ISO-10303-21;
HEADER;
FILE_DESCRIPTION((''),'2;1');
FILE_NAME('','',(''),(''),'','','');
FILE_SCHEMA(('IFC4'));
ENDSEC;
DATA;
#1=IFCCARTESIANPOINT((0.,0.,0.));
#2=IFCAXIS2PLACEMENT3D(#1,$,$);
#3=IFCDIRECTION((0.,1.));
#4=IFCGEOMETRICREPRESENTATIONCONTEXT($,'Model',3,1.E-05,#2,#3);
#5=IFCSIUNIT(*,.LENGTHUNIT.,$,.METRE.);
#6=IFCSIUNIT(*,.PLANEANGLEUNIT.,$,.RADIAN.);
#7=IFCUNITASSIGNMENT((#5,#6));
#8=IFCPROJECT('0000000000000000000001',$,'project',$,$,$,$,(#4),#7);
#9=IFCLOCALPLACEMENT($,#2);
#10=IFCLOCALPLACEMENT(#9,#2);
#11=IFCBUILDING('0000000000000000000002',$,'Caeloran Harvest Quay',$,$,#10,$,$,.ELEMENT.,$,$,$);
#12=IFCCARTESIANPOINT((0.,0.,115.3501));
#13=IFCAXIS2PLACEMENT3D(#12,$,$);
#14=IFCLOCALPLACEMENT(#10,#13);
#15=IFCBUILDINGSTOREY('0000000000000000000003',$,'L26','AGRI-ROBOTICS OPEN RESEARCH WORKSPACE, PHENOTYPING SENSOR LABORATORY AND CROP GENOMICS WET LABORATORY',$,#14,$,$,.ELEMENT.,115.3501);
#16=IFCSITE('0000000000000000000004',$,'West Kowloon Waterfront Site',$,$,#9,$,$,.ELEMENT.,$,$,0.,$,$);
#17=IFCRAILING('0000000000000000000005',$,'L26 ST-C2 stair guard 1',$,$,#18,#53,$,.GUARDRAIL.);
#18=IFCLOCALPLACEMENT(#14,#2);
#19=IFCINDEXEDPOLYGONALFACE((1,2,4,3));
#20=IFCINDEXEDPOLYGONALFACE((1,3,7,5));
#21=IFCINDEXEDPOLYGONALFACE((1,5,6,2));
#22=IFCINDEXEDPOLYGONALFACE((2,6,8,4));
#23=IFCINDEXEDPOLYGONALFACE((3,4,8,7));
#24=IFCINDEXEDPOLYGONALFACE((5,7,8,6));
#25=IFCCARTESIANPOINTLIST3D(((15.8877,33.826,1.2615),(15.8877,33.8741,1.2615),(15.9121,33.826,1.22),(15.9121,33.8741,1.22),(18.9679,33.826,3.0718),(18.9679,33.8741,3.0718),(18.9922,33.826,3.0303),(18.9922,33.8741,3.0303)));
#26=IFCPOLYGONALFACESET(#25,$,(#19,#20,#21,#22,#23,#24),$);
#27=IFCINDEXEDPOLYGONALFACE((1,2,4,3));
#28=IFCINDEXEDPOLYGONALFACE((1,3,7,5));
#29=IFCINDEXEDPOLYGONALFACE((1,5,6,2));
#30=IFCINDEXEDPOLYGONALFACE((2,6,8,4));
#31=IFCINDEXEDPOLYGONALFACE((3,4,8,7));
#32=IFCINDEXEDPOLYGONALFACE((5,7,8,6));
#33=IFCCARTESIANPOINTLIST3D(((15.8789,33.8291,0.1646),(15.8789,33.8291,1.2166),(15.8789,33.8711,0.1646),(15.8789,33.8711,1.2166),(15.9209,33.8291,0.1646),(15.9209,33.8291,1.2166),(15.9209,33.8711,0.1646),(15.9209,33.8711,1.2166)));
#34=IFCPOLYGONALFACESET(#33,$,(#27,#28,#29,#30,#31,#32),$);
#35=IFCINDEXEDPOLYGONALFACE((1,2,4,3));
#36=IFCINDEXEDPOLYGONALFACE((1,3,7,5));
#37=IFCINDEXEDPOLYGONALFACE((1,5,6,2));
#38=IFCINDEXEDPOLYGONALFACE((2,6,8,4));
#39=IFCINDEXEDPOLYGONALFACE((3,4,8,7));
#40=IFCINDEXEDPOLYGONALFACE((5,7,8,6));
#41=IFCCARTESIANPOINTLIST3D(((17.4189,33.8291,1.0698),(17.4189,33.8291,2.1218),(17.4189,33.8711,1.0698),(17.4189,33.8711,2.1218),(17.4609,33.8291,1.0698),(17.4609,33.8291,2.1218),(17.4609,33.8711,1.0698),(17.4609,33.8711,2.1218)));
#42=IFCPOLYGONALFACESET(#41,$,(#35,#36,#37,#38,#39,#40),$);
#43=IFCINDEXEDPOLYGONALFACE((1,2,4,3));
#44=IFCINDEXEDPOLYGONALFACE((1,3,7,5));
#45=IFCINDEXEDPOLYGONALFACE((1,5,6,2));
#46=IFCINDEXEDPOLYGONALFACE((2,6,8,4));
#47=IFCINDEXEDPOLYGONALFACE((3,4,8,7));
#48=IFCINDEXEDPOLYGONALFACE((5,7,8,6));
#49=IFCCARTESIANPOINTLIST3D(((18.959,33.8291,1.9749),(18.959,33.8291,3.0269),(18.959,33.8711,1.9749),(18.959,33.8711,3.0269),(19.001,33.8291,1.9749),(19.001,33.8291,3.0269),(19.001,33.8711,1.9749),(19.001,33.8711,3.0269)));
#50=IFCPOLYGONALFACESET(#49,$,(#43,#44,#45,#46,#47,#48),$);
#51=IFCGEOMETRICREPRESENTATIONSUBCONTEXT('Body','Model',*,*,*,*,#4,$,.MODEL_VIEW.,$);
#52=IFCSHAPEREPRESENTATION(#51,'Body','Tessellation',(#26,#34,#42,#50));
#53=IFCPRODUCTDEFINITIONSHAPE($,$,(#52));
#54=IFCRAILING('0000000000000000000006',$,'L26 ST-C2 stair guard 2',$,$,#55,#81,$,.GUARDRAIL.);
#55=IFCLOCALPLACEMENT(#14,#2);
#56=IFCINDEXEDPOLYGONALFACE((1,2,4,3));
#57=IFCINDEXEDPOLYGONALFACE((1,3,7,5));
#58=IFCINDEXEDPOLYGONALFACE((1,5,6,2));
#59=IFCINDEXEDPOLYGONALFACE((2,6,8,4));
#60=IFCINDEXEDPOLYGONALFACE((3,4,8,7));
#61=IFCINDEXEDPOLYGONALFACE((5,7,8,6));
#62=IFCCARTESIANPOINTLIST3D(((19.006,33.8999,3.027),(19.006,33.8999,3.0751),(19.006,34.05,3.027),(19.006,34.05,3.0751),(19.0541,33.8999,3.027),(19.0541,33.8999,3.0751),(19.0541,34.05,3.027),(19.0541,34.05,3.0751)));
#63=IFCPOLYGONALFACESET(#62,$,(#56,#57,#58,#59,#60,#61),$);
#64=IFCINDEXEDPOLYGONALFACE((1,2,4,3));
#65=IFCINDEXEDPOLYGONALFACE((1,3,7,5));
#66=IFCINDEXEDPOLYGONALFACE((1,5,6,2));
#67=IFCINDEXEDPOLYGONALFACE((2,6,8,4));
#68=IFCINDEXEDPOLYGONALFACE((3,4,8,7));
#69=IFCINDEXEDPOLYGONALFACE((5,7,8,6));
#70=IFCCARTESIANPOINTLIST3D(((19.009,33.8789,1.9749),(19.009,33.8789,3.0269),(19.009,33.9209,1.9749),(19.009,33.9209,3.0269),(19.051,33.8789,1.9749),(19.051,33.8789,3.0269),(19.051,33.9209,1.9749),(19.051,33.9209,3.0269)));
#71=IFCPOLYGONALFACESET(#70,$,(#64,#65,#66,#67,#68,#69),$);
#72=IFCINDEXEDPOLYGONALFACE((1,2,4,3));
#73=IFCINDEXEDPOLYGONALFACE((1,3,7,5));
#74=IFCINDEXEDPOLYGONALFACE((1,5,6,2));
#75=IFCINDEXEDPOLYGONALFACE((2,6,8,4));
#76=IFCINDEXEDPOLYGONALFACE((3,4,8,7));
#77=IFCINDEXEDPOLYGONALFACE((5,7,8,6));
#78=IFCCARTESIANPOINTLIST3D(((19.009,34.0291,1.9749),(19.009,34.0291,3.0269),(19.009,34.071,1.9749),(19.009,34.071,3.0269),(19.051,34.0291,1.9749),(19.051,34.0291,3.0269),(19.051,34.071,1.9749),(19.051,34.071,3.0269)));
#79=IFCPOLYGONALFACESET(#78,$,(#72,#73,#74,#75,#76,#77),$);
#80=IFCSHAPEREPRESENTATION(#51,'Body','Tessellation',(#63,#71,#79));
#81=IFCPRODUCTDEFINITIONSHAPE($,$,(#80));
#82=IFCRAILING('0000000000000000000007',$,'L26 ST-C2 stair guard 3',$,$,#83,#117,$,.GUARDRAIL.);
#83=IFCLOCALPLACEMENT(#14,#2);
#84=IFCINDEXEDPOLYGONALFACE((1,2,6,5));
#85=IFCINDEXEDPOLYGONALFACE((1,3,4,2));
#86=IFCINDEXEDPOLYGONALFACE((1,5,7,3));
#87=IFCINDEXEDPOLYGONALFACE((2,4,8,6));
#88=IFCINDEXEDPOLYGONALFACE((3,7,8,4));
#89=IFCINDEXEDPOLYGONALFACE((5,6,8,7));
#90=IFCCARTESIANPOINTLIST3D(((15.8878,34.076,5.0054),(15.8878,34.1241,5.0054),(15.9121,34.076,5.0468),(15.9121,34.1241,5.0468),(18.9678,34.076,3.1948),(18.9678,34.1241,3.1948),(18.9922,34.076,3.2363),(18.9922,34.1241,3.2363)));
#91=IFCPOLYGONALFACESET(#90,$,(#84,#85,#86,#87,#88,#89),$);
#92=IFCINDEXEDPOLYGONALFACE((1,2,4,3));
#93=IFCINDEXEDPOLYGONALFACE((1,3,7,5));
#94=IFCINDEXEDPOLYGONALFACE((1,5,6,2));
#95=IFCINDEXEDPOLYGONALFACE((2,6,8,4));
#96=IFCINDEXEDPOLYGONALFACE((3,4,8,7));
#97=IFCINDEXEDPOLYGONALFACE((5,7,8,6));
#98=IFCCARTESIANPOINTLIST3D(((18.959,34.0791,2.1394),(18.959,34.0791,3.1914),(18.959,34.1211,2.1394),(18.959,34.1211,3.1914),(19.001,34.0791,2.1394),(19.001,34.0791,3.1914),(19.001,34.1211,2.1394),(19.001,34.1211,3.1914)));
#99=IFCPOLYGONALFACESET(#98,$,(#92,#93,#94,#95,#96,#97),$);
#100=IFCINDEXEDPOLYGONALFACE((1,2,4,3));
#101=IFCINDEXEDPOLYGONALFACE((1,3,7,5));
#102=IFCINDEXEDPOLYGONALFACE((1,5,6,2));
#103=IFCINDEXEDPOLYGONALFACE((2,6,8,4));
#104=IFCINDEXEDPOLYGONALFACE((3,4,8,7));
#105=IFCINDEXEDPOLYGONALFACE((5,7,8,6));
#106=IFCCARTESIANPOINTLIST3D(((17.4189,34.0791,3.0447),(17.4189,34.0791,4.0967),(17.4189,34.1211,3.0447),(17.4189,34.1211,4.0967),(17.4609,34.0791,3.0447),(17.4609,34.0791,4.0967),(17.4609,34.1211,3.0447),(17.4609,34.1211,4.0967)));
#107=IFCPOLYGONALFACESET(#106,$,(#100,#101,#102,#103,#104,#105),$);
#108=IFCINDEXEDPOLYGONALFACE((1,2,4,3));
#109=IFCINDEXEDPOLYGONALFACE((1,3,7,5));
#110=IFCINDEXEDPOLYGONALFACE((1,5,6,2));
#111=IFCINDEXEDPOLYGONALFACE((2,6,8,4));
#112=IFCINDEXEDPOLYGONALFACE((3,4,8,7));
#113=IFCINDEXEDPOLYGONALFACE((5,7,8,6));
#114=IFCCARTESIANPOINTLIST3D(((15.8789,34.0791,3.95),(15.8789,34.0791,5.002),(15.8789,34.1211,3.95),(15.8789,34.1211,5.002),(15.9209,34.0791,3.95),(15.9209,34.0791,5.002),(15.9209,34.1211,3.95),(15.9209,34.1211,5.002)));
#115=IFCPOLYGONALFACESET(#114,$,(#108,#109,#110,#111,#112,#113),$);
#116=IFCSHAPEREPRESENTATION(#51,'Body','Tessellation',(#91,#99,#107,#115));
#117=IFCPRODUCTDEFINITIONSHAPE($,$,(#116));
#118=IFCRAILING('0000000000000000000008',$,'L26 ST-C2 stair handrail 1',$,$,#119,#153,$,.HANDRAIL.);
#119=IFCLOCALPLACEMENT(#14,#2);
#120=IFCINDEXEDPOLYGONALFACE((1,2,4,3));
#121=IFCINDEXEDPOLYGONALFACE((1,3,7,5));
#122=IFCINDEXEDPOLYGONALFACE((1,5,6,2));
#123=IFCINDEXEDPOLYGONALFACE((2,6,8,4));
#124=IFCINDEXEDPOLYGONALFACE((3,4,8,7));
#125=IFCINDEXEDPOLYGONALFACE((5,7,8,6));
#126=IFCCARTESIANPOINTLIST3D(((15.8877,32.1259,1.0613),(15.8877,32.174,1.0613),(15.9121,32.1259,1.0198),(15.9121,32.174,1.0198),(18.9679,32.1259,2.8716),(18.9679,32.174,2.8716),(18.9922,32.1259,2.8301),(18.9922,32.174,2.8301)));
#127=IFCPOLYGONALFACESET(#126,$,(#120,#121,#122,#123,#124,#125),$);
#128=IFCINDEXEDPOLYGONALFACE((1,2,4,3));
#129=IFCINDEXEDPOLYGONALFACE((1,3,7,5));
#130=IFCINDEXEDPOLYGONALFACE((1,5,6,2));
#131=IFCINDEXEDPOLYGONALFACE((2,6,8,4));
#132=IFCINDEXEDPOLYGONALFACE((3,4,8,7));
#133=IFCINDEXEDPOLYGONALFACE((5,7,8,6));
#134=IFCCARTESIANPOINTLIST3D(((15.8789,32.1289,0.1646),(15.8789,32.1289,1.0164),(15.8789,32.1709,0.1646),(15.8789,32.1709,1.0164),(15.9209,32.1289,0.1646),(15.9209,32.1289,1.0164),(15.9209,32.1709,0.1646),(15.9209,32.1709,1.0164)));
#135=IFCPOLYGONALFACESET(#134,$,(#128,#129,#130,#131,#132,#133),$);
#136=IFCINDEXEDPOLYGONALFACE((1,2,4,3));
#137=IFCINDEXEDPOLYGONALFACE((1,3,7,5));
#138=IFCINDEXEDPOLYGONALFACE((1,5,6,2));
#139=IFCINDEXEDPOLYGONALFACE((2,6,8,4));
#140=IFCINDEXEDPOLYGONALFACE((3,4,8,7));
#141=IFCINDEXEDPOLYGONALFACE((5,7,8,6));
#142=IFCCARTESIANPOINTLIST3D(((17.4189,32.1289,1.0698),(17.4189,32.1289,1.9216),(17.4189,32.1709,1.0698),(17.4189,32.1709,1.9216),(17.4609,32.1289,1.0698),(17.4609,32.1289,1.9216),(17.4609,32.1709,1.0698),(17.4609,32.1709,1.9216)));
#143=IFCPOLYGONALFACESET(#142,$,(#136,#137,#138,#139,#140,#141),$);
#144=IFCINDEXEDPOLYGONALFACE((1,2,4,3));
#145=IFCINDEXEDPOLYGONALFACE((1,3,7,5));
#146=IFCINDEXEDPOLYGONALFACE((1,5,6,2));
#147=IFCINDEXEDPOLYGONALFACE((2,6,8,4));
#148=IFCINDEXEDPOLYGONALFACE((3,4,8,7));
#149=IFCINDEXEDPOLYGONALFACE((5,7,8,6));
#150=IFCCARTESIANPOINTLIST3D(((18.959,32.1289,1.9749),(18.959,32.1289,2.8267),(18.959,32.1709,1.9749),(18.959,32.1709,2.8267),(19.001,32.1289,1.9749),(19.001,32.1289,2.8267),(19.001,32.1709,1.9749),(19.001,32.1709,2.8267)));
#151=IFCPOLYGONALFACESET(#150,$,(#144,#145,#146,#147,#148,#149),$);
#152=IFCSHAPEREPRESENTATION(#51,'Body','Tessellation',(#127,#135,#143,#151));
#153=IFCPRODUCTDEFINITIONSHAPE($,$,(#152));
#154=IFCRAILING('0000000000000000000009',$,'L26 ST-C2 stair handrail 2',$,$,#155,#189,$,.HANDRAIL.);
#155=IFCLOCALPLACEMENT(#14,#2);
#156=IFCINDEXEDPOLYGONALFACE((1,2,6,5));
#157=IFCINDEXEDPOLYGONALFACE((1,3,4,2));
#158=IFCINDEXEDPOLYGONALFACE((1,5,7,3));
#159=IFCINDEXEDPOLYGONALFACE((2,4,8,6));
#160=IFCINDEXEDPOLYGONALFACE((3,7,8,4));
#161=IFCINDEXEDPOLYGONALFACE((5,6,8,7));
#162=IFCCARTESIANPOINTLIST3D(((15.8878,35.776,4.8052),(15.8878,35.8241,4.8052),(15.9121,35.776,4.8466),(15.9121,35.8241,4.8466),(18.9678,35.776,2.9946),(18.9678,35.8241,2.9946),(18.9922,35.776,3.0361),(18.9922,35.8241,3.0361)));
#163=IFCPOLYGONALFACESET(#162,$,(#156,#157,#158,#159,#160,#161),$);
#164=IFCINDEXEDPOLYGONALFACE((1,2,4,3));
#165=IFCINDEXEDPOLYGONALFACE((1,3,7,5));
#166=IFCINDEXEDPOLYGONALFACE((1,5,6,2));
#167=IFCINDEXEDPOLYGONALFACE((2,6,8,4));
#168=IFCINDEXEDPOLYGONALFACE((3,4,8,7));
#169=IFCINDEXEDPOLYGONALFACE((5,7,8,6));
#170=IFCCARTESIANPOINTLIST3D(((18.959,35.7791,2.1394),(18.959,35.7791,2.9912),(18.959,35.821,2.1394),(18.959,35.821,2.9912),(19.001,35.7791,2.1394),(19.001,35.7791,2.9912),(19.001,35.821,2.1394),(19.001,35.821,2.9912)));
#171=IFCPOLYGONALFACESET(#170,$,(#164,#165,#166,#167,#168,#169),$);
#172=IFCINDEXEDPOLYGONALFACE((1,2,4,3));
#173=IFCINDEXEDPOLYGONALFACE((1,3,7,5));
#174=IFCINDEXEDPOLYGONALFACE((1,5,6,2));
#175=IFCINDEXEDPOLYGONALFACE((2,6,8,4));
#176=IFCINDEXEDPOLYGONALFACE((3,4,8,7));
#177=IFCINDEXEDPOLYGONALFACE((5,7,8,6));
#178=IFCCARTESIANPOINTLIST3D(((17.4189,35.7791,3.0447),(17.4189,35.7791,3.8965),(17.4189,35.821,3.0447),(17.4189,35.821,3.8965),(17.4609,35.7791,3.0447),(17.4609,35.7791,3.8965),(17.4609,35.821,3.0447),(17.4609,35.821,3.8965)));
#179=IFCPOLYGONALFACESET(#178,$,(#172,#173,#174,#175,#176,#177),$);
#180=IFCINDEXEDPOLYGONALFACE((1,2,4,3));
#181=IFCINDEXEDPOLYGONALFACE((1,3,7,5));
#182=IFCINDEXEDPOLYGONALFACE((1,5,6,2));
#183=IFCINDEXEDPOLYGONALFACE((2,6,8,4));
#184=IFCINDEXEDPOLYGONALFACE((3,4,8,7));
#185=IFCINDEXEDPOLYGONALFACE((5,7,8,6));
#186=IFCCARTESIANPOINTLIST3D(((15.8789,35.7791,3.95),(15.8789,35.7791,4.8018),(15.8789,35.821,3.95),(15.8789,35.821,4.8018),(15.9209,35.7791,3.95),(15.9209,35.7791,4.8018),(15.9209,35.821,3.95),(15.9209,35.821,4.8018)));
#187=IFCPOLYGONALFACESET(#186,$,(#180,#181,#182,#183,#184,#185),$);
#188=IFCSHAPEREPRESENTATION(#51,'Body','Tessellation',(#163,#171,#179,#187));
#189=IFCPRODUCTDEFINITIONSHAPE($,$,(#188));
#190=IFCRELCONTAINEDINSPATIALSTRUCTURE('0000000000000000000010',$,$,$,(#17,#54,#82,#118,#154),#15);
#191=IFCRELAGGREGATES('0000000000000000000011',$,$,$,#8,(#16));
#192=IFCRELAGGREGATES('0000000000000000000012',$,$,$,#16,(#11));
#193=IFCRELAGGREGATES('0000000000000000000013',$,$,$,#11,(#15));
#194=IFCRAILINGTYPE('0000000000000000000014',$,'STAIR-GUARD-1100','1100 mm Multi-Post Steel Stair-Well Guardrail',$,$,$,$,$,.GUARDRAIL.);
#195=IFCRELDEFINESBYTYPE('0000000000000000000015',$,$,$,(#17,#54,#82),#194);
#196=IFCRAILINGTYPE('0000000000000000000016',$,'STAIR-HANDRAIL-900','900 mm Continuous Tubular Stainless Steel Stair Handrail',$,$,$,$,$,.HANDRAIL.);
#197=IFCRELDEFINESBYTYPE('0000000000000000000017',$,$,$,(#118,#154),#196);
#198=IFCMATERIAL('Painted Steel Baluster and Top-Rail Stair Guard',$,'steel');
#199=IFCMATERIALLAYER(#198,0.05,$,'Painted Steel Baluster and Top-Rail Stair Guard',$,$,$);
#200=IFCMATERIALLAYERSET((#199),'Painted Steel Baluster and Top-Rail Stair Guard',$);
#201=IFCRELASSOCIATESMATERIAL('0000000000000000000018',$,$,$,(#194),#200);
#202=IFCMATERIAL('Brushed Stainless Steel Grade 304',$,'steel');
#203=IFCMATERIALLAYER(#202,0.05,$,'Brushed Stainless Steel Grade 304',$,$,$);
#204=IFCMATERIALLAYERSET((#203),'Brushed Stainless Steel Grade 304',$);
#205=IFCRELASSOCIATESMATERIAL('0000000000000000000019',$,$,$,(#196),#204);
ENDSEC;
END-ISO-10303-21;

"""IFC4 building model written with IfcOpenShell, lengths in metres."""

from ifc_helpers import new_model, si_unit, direction, frame, origin, origin_2d, place, context, subcontext, project, spatial, rectangle, extrude, material, layer, layer_set, type_object, element, save


model = new_model("IFC4")

# Units and contexts
model_context = context("Model", 3, precision=1e-05, world=origin(), true_north=direction((0.0, 1.0)))
body_context = subcontext(model_context, "Body", "Model", "MODEL_VIEW")
ifc_project = project(units=[si_unit("LENGTHUNIT", "METRE"), si_unit("PLANEANGLEUNIT", "RADIAN")], contexts=[model_context])

# Site, building, storey
site_placement = place(None, origin())
site = spatial("IfcSite", under=ifc_project, at=site_placement, Name="West Kowloon Waterfront Site", CompositionType="ELEMENT", RefElevation=0.0)
building_placement = place(site_placement, origin())
building = spatial("IfcBuilding", under=site, at=building_placement, Name="Caeloran Harvest Quay", CompositionType="ELEMENT")
storey_placement = place(building_placement, frame((0.0, 0.0, 115.3501)))
storey = spatial("IfcBuildingStorey", under=building, at=storey_placement, Name="L26", Description="AGRI-ROBOTICS OPEN RESEARCH WORKSPACE, PHENOTYPING SENSOR LABORATORY AND CROP GENOMICS WET LABORATORY", CompositionType="ELEMENT", Elevation=115.3501)

# Railings
ifc_material_1 = material(Name="Painted Steel Baluster and Top-Rail Stair Guard", Category="steel")
ifc_layer_1 = layer(ifc_material_1, 0.05, Name="Painted Steel Baluster and Top-Rail Stair Guard")
ifc_layer_set_1 = layer_set([ifc_layer_1], Name="Painted Steel Baluster and Top-Rail Stair Guard")
railing_type_1 = type_object("IfcRailingType", Name="STAIR-GUARD-1100", Description="1100 mm Multi-Post Steel Stair-Well Guardrail", PredefinedType="GUARDRAIL", material=ifc_layer_set_1)
railing_1_placement = place(storey_placement, frame((15.8999, 33.8501, 0.1646)))
element("IfcRailing", 1, at=railing_1_placement, inside=storey, type_object=railing_type_1, Name="L26 ST-C2 stair guard 1", PredefinedType="GUARDRAIL", context=body_context, shape_type="SweptSolid", body=[
    extrude(rectangle(XDim=0.0481, YDim=0.0481, at=origin_2d()), frame((0.0, 0.0, 1.0762), z_axis=(0.862119, 0.0, 0.506707), x_axis=(0.0, 1.0, 0.0)), (0.0, 0.0, 1.0), 3.5728),
    extrude(rectangle(XDim=0.042, YDim=0.042, at=origin_2d()), origin(), (0.0, 0.0, 1.0), 1.052),
    extrude(rectangle(XDim=0.042, YDim=0.042, at=origin_2d()), frame((1.54, 0.0, 0.9053)), (0.0, 0.0, 1.0), 1.052),
    extrude(rectangle(XDim=0.042, YDim=0.042, at=origin_2d()), frame((3.0801, 0.0, 1.8103)), (0.0, 0.0, 1.0), 1.052),
])
railing_2_placement = place(storey_placement, frame((19.03, 33.8999, 1.9749)))
element("IfcRailing", 2, at=railing_2_placement, inside=storey, type_object=railing_type_1, Name="L26 ST-C2 stair guard 2", PredefinedType="GUARDRAIL", context=body_context, shape_type="SweptSolid", body=[
    extrude(rectangle(XDim=0.0481, YDim=0.0481, at=origin_2d()), frame((0.0, 0.0, 1.0762), z_axis=(0.0, 1.0, 0.0), x_axis=(-1.0, 0.0, 0.0)), (0.0, 0.0, 1.0), 0.1501),
    extrude(rectangle(XDim=0.042, YDim=0.042, at=origin_2d()), origin(), (0.0, 0.0, 1.0), 1.052),
    extrude(rectangle(XDim=0.042, YDim=0.042, at=origin_2d()), frame((0.0, 0.1501, 0.0)), (0.0, 0.0, 1.0), 1.052),
])
railing_3_placement = place(storey_placement, frame((18.98, 34.1001, 2.1394)))
element("IfcRailing", 3, at=railing_3_placement, inside=storey, type_object=railing_type_1, Name="L26 ST-C2 stair guard 3", PredefinedType="GUARDRAIL", context=body_context, shape_type="SweptSolid", body=[
    extrude(rectangle(XDim=0.0481, YDim=0.0481, at=origin_2d()), frame((0.0, 0.0, 1.0762), z_axis=(-0.862089, 0.0, 0.506757), x_axis=(0.0, -1.0, 0.0)), (0.0, 0.0, 1.0), 3.5728),
    extrude(rectangle(XDim=0.042, YDim=0.042, at=origin_2d()), origin(), (0.0, 0.0, 1.0), 1.052),
    extrude(rectangle(XDim=0.042, YDim=0.042, at=origin_2d()), frame((-1.54, 0.0, 0.9053)), (0.0, 0.0, 1.0), 1.052),
    extrude(rectangle(XDim=0.042, YDim=0.042, at=origin_2d()), frame((-3.0801, 0.0, 1.8105)), (0.0, 0.0, 1.0), 1.052),
])
ifc_material_2 = material(Name="Brushed Stainless Steel Grade 304", Category="steel")
ifc_layer_2 = layer(ifc_material_2, 0.05, Name="Brushed Stainless Steel Grade 304")
ifc_layer_set_2 = layer_set([ifc_layer_2], Name="Brushed Stainless Steel Grade 304")
railing_type_2 = type_object("IfcRailingType", Name="STAIR-HANDRAIL-900", Description="900 mm Continuous Tubular Stainless Steel Stair Handrail", PredefinedType="HANDRAIL", material=ifc_layer_set_2)
railing_4_placement = place(storey_placement, frame((15.8999, 32.1499, 0.1646)))
element("IfcRailing", 4, at=railing_4_placement, inside=storey, type_object=railing_type_2, Name="L26 ST-C2 stair handrail 1", PredefinedType="HANDRAIL", context=body_context, shape_type="SweptSolid", body=[
    extrude(rectangle(XDim=0.0481, YDim=0.0481, at=origin_2d()), frame((0.0, 0.0, 0.876), z_axis=(0.862119, 0.0, 0.506707), x_axis=(0.0, 1.0, 0.0)), (0.0, 0.0, 1.0), 3.5728),
    extrude(rectangle(XDim=0.042, YDim=0.042, at=origin_2d()), origin(), (0.0, 0.0, 1.0), 0.8518),
    extrude(rectangle(XDim=0.042, YDim=0.042, at=origin_2d()), frame((1.54, 0.0, 0.9053)), (0.0, 0.0, 1.0), 0.8518),
    extrude(rectangle(XDim=0.042, YDim=0.042, at=origin_2d()), frame((3.0801, 0.0, 1.8103)), (0.0, 0.0, 1.0), 0.8518),
])
railing_5_placement = place(storey_placement, frame((18.98, 35.8, 2.1394)))
element("IfcRailing", 5, at=railing_5_placement, inside=storey, type_object=railing_type_2, Name="L26 ST-C2 stair handrail 2", PredefinedType="HANDRAIL", context=body_context, shape_type="SweptSolid", body=[
    extrude(rectangle(XDim=0.0481, YDim=0.0481, at=origin_2d()), frame((0.0, 0.0, 0.876), z_axis=(-0.862089, 0.0, 0.506757), x_axis=(0.0, -1.0, 0.0)), (0.0, 0.0, 1.0), 3.5728),
    extrude(rectangle(XDim=0.042, YDim=0.042, at=origin_2d()), origin(), (0.0, 0.0, 1.0), 0.8518),
    extrude(rectangle(XDim=0.042, YDim=0.042, at=origin_2d()), frame((-1.54, 0.0, 0.9053)), (0.0, 0.0, 1.0), 0.8518),
    extrude(rectangle(XDim=0.042, YDim=0.042, at=origin_2d()), frame((-3.0801, 0.0, 1.8105)), (0.0, 0.0, 1.0), 0.8518),
])

save(model, "model.ifc")
